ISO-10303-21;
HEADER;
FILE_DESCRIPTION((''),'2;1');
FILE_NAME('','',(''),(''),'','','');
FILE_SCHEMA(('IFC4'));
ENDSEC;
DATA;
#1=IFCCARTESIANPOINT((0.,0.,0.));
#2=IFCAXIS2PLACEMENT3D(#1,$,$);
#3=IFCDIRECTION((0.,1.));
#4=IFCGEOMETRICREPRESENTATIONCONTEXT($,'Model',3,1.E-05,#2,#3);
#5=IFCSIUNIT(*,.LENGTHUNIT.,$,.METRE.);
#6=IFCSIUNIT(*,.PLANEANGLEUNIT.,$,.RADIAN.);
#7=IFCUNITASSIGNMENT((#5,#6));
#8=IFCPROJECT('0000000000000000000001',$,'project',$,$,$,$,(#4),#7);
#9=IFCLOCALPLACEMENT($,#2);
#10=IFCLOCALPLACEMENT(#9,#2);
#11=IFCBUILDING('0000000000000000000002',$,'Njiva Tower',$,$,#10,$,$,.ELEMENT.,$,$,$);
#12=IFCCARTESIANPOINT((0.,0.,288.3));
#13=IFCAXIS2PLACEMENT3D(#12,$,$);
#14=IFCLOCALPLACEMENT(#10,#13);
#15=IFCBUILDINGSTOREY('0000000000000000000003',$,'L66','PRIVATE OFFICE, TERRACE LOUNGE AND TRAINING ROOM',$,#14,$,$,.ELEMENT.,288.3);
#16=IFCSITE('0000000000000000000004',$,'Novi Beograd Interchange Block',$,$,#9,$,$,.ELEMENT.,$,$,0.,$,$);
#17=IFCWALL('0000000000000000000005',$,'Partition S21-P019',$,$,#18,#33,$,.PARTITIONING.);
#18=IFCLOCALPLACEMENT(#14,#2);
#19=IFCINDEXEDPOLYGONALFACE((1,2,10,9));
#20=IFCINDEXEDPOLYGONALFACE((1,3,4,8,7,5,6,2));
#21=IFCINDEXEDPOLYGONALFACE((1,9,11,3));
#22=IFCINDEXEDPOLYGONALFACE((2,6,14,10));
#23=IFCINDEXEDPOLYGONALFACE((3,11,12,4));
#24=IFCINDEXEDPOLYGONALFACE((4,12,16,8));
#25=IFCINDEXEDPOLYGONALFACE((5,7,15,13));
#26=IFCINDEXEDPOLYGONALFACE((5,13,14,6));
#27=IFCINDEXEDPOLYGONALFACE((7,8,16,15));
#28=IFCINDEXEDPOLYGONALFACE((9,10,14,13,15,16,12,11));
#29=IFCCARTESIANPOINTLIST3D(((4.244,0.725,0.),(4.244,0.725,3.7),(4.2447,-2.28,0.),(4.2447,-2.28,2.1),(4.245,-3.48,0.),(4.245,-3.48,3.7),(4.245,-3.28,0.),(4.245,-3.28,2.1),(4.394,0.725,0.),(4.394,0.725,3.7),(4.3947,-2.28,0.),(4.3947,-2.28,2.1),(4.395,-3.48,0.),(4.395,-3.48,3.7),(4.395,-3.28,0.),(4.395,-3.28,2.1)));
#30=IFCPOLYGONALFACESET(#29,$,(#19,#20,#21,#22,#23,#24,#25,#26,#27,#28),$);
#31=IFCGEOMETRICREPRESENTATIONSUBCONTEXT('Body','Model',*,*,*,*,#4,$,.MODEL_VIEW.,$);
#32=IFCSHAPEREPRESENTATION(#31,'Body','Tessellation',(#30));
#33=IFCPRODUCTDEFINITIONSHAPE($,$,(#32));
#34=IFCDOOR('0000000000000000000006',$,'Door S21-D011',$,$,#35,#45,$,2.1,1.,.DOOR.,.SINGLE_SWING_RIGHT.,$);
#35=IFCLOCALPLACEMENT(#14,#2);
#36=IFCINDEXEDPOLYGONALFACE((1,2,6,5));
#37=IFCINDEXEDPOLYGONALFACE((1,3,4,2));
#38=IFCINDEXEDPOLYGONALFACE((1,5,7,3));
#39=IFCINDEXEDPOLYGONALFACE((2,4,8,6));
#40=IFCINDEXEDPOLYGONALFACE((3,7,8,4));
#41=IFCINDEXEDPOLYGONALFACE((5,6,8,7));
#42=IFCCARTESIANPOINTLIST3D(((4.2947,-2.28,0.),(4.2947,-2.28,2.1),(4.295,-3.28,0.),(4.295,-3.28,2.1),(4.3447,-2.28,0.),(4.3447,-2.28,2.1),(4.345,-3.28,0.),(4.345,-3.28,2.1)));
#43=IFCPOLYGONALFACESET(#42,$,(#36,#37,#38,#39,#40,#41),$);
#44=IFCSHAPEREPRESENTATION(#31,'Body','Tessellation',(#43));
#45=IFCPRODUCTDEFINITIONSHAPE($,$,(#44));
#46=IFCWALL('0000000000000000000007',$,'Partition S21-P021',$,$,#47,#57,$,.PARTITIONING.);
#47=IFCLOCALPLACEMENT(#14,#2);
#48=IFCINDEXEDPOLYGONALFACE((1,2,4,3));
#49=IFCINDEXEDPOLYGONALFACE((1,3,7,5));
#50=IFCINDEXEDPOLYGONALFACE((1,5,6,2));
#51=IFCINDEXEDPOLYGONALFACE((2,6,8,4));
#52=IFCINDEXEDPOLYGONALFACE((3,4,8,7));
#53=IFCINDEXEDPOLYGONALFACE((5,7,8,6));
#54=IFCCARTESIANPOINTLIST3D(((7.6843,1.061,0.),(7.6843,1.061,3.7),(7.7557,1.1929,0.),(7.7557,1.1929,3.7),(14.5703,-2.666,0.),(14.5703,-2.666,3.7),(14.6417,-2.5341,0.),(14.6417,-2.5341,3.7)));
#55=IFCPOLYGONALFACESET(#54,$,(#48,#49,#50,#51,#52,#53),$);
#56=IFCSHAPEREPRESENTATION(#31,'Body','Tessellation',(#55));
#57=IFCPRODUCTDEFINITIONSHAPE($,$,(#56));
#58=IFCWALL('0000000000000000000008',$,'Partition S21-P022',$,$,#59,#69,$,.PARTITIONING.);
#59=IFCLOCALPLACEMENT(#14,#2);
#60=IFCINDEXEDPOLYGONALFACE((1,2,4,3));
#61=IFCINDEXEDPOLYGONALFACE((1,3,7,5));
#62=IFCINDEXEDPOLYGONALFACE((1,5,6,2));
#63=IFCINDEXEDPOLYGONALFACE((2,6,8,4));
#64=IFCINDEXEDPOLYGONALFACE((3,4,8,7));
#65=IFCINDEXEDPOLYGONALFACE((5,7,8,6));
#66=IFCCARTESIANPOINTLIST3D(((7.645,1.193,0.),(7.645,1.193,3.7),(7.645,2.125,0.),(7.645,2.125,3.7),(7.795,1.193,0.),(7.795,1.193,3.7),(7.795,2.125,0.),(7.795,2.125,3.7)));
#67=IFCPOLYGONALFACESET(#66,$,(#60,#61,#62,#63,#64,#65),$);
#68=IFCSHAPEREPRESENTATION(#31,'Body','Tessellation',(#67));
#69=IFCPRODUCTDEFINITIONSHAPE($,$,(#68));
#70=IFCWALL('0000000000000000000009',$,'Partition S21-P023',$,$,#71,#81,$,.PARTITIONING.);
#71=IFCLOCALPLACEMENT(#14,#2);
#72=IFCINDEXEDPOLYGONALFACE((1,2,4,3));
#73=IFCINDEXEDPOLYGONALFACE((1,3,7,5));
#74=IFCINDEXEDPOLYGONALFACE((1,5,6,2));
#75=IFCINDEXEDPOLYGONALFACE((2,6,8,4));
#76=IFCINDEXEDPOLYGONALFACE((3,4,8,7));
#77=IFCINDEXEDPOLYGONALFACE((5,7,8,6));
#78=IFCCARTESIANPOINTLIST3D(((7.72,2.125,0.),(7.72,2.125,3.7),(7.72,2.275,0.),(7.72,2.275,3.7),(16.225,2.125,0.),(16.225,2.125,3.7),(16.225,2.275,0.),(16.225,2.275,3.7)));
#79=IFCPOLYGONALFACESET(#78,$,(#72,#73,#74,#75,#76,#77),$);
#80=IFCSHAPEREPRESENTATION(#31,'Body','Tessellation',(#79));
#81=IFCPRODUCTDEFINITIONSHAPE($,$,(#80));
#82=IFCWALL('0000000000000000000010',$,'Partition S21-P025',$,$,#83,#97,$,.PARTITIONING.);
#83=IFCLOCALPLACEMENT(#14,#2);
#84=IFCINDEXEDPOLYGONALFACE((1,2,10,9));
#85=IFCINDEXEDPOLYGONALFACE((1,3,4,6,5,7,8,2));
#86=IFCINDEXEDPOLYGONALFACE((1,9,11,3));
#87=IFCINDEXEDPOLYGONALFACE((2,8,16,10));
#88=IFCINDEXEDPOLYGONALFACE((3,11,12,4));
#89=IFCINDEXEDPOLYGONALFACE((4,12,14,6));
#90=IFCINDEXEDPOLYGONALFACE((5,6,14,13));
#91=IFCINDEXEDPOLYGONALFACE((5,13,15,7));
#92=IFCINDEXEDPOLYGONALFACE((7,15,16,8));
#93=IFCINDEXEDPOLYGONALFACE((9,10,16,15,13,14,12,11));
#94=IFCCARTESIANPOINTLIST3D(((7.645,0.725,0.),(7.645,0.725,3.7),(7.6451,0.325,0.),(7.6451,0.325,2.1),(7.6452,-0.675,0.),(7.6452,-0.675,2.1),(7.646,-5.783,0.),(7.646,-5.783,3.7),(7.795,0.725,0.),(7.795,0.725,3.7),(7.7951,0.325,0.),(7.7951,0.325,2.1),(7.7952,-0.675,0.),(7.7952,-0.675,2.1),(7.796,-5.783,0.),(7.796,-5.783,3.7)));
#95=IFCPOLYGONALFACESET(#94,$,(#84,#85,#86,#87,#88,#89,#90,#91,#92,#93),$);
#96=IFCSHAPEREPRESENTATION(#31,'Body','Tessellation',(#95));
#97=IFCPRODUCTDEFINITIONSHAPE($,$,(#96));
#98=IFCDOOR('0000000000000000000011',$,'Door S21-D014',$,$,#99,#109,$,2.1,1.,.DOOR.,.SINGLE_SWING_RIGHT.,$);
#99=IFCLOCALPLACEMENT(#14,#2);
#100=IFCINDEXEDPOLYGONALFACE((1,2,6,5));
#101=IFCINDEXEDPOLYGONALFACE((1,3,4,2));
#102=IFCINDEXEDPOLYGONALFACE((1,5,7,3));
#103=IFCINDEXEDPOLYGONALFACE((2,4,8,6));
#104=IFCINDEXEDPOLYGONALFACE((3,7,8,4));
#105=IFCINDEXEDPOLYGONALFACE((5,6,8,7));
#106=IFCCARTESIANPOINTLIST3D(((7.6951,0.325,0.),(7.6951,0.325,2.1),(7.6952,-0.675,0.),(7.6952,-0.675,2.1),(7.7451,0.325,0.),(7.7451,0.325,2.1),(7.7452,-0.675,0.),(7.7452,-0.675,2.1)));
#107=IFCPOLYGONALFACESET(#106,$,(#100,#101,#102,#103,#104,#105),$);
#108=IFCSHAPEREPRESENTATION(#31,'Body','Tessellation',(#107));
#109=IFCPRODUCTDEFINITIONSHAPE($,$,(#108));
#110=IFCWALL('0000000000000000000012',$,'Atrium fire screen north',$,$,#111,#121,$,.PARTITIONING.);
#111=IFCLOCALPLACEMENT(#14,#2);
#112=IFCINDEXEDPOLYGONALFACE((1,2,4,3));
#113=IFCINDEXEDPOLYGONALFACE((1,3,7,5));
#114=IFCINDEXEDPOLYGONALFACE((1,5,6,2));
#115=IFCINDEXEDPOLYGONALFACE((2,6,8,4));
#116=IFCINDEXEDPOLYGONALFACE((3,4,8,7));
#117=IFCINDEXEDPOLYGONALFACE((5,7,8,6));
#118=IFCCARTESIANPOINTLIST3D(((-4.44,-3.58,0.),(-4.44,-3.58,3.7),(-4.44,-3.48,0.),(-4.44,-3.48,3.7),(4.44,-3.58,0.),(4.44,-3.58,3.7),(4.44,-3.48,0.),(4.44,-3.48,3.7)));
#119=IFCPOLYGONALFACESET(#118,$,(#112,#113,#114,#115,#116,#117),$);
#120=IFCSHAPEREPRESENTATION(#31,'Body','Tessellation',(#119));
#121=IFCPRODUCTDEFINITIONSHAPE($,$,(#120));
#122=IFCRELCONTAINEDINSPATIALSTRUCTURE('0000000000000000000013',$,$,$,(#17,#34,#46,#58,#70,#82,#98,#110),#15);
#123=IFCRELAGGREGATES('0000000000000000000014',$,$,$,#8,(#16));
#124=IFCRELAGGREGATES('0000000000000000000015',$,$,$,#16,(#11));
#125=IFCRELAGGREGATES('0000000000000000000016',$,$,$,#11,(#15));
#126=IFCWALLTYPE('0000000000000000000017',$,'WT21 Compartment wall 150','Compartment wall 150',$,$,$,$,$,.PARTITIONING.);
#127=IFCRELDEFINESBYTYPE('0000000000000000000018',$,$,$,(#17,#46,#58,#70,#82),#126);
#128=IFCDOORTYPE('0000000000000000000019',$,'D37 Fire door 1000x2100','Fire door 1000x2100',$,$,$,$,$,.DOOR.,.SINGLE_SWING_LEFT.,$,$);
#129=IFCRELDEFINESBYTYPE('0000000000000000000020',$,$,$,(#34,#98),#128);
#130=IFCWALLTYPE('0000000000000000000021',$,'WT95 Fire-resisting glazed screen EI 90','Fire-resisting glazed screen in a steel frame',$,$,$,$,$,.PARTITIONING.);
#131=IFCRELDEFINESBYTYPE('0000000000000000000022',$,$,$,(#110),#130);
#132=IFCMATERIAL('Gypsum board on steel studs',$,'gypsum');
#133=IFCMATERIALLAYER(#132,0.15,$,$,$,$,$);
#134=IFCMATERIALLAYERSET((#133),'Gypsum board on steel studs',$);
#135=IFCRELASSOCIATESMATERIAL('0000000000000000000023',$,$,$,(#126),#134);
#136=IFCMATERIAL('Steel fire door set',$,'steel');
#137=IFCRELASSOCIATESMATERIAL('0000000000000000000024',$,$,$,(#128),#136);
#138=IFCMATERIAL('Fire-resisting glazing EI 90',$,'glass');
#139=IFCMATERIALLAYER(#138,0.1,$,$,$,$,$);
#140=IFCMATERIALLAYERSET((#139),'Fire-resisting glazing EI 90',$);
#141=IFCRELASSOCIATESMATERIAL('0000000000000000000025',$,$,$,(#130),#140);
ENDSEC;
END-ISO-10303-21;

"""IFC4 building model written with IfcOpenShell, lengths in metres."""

from ifc_helpers import new_model, si_unit, direction, frame, frame_2d, origin, place, context, subcontext, project, spatial, rectangle, extrude, material, layer, layer_set, type_object, element, fill, save


model = new_model("IFC4")

# Units and contexts
model_context = context("Model", 3, precision=1e-05, world=origin(), true_north=direction((0.0, 1.0)))
body_context = subcontext(model_context, "Body", "Model", "MODEL_VIEW")
ifc_project = project(units=[si_unit("LENGTHUNIT", "METRE"), si_unit("PLANEANGLEUNIT", "RADIAN")], contexts=[model_context])

# Site, building, storey
site_placement = place(None, origin())
site = spatial("IfcSite", under=ifc_project, at=site_placement, Name="Novi Beograd Interchange Block", CompositionType="ELEMENT", RefElevation=0.0)
building_placement = place(site_placement, origin())
building = spatial("IfcBuilding", under=site, at=building_placement, Name="Njiva Tower", CompositionType="ELEMENT")
storey_placement = place(building_placement, frame((0.0, 0.0, 288.3)))
storey = spatial("IfcBuildingStorey", under=building, at=storey_placement, Name="L66", Description="PRIVATE OFFICE, TERRACE LOUNGE AND TRAINING ROOM", CompositionType="ELEMENT", Elevation=288.3)

# Wall, opening, door
ifc_material_1 = material(Name="Gypsum board on steel studs", Category="gypsum")
ifc_layer_1 = layer(ifc_material_1, 0.15)
ifc_layer_set_1 = layer_set([ifc_layer_1], Name="Gypsum board on steel studs")
wall_type_1 = type_object("IfcWallType", Name="WT21 Compartment wall 150", Description="Compartment wall 150", PredefinedType="PARTITIONING", material=ifc_layer_set_1)
wall_1_placement = place(storey_placement, frame((4.319, 0.725, 0.0), z_axis=(0.0, 0.0, 1.0), x_axis=(0.000238, -1.0, 0.0)))
wall_1 = element("IfcWall", 1, at=wall_1_placement, inside=storey, type_object=wall_type_1, Name="Partition S21-P019", PredefinedType="PARTITIONING", context=body_context, shape_type="SweptSolid", body=[
    extrude(rectangle(XDim=4.205, YDim=0.15, at=frame_2d((2.1025, 0.0))), origin(), (0.0, 0.0, 1.0), 3.7),
])
opening_1_placement = place(wall_1_placement, frame((3.005, 0.0, 0.0)))
opening_1 = element("IfcOpeningElement", 2, at=opening_1_placement, cuts=wall_1, PredefinedType="OPENING", context=body_context, shape_type="SweptSolid", body=[
    extrude(rectangle(XDim=1.0, YDim=2.1, at=frame_2d((0.5, 1.05))), frame((0.0, 0.085, 0.0), z_axis=(0.0, -1.0, 0.0), x_axis=(1.0, 0.0, 0.0)), (0.0, 0.0, 1.0), 0.17),
])
ifc_material_2 = material(Name="Steel fire door set", Category="steel")
door_type = type_object("IfcDoorType", Name="D37 Fire door 1000x2100", Description="Fire door 1000x2100", OperationType="SINGLE_SWING_LEFT", PredefinedType="DOOR", material=ifc_material_2)
door_1_placement = place(opening_1_placement, origin())
door_1 = element("IfcDoor", 3, at=door_1_placement, inside=storey, type_object=door_type, Name="Door S21-D011", OperationType="SINGLE_SWING_RIGHT", OverallHeight=2.1, OverallWidth=1.0, PredefinedType="DOOR", context=body_context, shape_type="SweptSolid", body=[
    extrude(rectangle(XDim=1.0, YDim=2.1, at=frame_2d((0.5, 1.05))), frame((0.0, 0.025, 0.0), z_axis=(0.0, -1.0, 0.0), x_axis=(1.0, 0.0, 0.0)), (0.0, 0.0, 1.0), 0.05),
])
fill(opening_1, door_1)

# Walls
wall_2_placement = place(storey_placement, frame((7.72, 1.127, 0.0), z_axis=(0.0, 0.0, 1.0), x_axis=(0.879448, -0.475995, 0.0)))
element("IfcWall", 4, at=wall_2_placement, inside=storey, type_object=wall_type_1, Name="Partition S21-P021", PredefinedType="PARTITIONING", context=body_context, shape_type="SweptSolid", body=[
    extrude(rectangle(XDim=7.8299, YDim=0.15, at=frame_2d((3.915, 0.0))), origin(), (0.0, 0.0, 1.0), 3.7),
])
wall_3_placement = place(storey_placement, frame((7.72, 1.193, 0.0), z_axis=(0.0, 0.0, 1.0), x_axis=(0.0, 1.0, 0.0)))
element("IfcWall", 5, at=wall_3_placement, inside=storey, type_object=wall_type_1, Name="Partition S21-P022", PredefinedType="PARTITIONING", context=body_context, shape_type="SweptSolid", body=[
    extrude(rectangle(XDim=0.932, YDim=0.15, at=frame_2d((0.466, 0.0))), origin(), (0.0, 0.0, 1.0), 3.7),
])
wall_4_placement = place(storey_placement, frame((7.72, 2.2, 0.0), z_axis=(0.0, 0.0, 1.0), x_axis=(1.0, 0.0, 0.0)))
element("IfcWall", 6, at=wall_4_placement, inside=storey, type_object=wall_type_1, Name="Partition S21-P023", PredefinedType="PARTITIONING", context=body_context, shape_type="SweptSolid", body=[
    extrude(rectangle(XDim=8.505, YDim=0.15, at=frame_2d((4.2525, 0.0))), origin(), (0.0, 0.0, 1.0), 3.7),
])

# Wall, opening, door
wall_5_placement = place(storey_placement, frame((7.72, 0.725, 0.0), z_axis=(0.0, 0.0, 1.0), x_axis=(0.000154, -1.0, 0.0)))
wall_5 = element("IfcWall", 7, at=wall_5_placement, inside=storey, type_object=wall_type_1, Name="Partition S21-P025", PredefinedType="PARTITIONING", context=body_context, shape_type="SweptSolid", body=[
    extrude(rectangle(XDim=6.508, YDim=0.15, at=frame_2d((3.254, 0.0))), origin(), (0.0, 0.0, 1.0), 3.7),
])
opening_2_placement = place(wall_5_placement, frame((0.4, 0.0, 0.0)))
opening_2 = element("IfcOpeningElement", 8, at=opening_2_placement, cuts=wall_5, PredefinedType="OPENING", context=body_context, shape_type="SweptSolid", body=[
    extrude(rectangle(XDim=1.0, YDim=2.1, at=frame_2d((0.5, 1.05))), frame((0.0, 0.085, 0.0), z_axis=(0.0, -1.0, 0.0), x_axis=(1.0, 0.0, 0.0)), (0.0, 0.0, 1.0), 0.17),
])
door_2_placement = place(opening_2_placement, origin())
door_2 = element("IfcDoor", 9, at=door_2_placement, inside=storey, type_object=door_type, Name="Door S21-D014", OperationType="SINGLE_SWING_RIGHT", OverallHeight=2.1, OverallWidth=1.0, PredefinedType="DOOR", context=body_context, shape_type="SweptSolid", body=[
    extrude(rectangle(XDim=1.0, YDim=2.1, at=frame_2d((0.5, 1.05))), frame((0.0, 0.025, 0.0), z_axis=(0.0, -1.0, 0.0), x_axis=(1.0, 0.0, 0.0)), (0.0, 0.0, 1.0), 0.05),
])
fill(opening_2, door_2)

# Wall
ifc_material_3 = material(Name="Fire-resisting glazing EI 90", Category="glass")
ifc_layer_2 = layer(ifc_material_3, 0.1)
ifc_layer_set_2 = layer_set([ifc_layer_2], Name="Fire-resisting glazing EI 90")
wall_type_2 = type_object("IfcWallType", Name="WT95 Fire-resisting glazed screen EI 90", Description="Fire-resisting glazed screen in a steel frame", PredefinedType="PARTITIONING", material=ifc_layer_set_2)
wall_6_placement = place(storey_placement, frame((4.44, -3.53, 0.0), z_axis=(0.0, 0.0, 1.0), x_axis=(-1.0, 0.0, 0.0)))
element("IfcWall", 10, at=wall_6_placement, inside=storey, type_object=wall_type_2, Name="Atrium fire screen north", PredefinedType="PARTITIONING", context=body_context, shape_type="SweptSolid", body=[
    extrude(rectangle(XDim=8.88, YDim=0.1, at=frame_2d((4.44, 0.0))), origin(), (0.0, 0.0, 1.0), 3.7),
])

save(model, "model.ifc")
